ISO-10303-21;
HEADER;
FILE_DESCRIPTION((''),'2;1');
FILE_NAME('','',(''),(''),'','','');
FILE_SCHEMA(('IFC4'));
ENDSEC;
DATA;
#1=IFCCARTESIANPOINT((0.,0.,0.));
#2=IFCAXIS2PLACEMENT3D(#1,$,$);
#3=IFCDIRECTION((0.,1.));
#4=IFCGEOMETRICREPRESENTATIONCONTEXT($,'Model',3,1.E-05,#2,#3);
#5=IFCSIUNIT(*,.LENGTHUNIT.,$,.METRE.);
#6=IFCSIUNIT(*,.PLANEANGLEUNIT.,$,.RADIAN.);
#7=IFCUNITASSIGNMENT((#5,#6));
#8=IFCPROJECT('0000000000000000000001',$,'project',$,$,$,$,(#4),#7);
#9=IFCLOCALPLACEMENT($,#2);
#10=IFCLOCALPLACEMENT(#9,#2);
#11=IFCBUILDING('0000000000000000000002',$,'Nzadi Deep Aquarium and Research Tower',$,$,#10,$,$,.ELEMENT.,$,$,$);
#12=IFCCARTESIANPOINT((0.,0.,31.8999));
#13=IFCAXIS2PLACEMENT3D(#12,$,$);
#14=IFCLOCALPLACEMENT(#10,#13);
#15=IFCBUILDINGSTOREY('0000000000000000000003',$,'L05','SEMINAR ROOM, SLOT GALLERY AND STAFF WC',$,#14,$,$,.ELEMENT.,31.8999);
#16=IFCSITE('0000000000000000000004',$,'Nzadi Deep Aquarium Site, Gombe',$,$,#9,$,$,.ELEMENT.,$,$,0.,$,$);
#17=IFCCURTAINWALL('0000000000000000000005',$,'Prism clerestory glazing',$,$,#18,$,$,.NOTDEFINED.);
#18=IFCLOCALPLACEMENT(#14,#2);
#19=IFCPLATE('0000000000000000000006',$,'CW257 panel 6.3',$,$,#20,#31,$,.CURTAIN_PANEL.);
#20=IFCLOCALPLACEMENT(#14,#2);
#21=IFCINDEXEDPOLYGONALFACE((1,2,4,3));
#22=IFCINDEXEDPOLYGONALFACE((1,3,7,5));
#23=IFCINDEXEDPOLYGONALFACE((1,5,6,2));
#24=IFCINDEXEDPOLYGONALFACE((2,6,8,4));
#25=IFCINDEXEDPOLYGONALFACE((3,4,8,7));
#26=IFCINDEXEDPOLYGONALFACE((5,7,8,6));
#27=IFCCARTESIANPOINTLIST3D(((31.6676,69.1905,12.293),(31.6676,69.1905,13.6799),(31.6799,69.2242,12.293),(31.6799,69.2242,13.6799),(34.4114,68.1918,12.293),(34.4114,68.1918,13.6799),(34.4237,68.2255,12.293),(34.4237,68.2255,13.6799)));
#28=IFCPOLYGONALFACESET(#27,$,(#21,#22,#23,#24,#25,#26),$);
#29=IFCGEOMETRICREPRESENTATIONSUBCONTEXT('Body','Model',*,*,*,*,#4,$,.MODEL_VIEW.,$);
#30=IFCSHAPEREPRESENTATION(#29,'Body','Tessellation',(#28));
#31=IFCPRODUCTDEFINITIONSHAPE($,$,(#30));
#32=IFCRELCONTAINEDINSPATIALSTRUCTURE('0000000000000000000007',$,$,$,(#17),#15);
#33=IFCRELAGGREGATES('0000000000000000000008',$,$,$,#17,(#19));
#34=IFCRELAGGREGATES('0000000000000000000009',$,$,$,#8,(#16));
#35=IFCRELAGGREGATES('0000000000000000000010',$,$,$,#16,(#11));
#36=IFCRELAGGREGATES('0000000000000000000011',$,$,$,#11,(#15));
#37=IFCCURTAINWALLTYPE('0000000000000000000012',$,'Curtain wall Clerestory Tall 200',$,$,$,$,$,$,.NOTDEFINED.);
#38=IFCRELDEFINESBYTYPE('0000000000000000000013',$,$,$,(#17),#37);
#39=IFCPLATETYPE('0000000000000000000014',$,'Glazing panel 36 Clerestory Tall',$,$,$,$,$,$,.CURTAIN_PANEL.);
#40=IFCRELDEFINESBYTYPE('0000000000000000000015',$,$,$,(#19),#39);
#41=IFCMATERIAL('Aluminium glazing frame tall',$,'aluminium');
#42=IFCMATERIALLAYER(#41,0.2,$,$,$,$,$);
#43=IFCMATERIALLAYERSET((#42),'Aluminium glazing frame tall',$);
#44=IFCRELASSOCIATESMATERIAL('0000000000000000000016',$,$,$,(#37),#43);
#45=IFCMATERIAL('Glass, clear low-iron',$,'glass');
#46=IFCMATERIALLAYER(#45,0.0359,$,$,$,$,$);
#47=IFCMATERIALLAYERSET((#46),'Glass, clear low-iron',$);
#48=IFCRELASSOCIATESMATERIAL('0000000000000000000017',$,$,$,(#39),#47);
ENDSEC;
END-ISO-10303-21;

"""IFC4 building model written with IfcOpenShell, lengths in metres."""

from ifc_helpers import new_model, si_unit, direction, frame, origin, origin_2d, place, context, subcontext, project, spatial, rectangle, extrude, material, layer, layer_set, type_object, element, aggregate, save


model = new_model("IFC4")

# Units and contexts
model_context = context("Model", 3, precision=1e-05, world=origin(), true_north=direction((0.0, 1.0)))
body_context = subcontext(model_context, "Body", "Model", "MODEL_VIEW")
ifc_project = project(units=[si_unit("LENGTHUNIT", "METRE"), si_unit("PLANEANGLEUNIT", "RADIAN")], contexts=[model_context])

# Site, building, storey
site_placement = place(None, origin())
site = spatial("IfcSite", under=ifc_project, at=site_placement, Name="Nzadi Deep Aquarium Site, Gombe", CompositionType="ELEMENT", RefElevation=0.0)
building_placement = place(site_placement, origin())
building = spatial("IfcBuilding", under=site, at=building_placement, Name="Nzadi Deep Aquarium and Research Tower", CompositionType="ELEMENT")
storey_placement = place(building_placement, frame((0.0, 0.0, 31.8999)))
storey = spatial("IfcBuildingStorey", under=building, at=storey_placement, Name="L05", Description="SEMINAR ROOM, SLOT GALLERY AND STAFF WC", CompositionType="ELEMENT", Elevation=31.8999)

# Curtain wall
ifc_material_1 = material(Name="Aluminium glazing frame tall", Category="aluminium")
ifc_layer_1 = layer(ifc_material_1, 0.2)
ifc_layer_set_1 = layer_set([ifc_layer_1], Name="Aluminium glazing frame tall")
curtain_wall_type = type_object("IfcCurtainWallType", Name="Curtain wall Clerestory Tall 200", PredefinedType="NOTDEFINED", material=ifc_layer_set_1)
curtain_wall_placement = place(storey_placement, origin())
curtain_wall = element("IfcCurtainWall", 1, at=curtain_wall_placement, inside=storey, type_object=curtain_wall_type, Name="Prism clerestory glazing", PredefinedType="NOTDEFINED")

# Plate
ifc_material_2 = material(Name="Glass, clear low-iron", Category="glass")
ifc_layer_2 = layer(ifc_material_2, 0.0359)
ifc_layer_set_2 = layer_set([ifc_layer_2], Name="Glass, clear low-iron")
plate_type = type_object("IfcPlateType", Name="Glazing panel 36 Clerestory Tall", PredefinedType="CURTAIN_PANEL", material=ifc_layer_set_2)
plate_1_placement = place(storey_placement, frame((33.0457, 68.708, 12.293), z_axis=(0.0, 0.0, 1.0), x_axis=(0.939693, -0.34202, 0.0)))
plate_1 = element("IfcPlate", 2, at=plate_1_placement, type_object=plate_type, Name="CW257 panel 6.3", PredefinedType="CURTAIN_PANEL", context=body_context, shape_type="SweptSolid", body=[
    extrude(rectangle(XDim=2.9199, YDim=0.0359, at=origin_2d()), origin(), (0.0, 0.0, 1.0), 1.387),
])
aggregate(curtain_wall, [plate_1])

save(model, "model.ifc")
